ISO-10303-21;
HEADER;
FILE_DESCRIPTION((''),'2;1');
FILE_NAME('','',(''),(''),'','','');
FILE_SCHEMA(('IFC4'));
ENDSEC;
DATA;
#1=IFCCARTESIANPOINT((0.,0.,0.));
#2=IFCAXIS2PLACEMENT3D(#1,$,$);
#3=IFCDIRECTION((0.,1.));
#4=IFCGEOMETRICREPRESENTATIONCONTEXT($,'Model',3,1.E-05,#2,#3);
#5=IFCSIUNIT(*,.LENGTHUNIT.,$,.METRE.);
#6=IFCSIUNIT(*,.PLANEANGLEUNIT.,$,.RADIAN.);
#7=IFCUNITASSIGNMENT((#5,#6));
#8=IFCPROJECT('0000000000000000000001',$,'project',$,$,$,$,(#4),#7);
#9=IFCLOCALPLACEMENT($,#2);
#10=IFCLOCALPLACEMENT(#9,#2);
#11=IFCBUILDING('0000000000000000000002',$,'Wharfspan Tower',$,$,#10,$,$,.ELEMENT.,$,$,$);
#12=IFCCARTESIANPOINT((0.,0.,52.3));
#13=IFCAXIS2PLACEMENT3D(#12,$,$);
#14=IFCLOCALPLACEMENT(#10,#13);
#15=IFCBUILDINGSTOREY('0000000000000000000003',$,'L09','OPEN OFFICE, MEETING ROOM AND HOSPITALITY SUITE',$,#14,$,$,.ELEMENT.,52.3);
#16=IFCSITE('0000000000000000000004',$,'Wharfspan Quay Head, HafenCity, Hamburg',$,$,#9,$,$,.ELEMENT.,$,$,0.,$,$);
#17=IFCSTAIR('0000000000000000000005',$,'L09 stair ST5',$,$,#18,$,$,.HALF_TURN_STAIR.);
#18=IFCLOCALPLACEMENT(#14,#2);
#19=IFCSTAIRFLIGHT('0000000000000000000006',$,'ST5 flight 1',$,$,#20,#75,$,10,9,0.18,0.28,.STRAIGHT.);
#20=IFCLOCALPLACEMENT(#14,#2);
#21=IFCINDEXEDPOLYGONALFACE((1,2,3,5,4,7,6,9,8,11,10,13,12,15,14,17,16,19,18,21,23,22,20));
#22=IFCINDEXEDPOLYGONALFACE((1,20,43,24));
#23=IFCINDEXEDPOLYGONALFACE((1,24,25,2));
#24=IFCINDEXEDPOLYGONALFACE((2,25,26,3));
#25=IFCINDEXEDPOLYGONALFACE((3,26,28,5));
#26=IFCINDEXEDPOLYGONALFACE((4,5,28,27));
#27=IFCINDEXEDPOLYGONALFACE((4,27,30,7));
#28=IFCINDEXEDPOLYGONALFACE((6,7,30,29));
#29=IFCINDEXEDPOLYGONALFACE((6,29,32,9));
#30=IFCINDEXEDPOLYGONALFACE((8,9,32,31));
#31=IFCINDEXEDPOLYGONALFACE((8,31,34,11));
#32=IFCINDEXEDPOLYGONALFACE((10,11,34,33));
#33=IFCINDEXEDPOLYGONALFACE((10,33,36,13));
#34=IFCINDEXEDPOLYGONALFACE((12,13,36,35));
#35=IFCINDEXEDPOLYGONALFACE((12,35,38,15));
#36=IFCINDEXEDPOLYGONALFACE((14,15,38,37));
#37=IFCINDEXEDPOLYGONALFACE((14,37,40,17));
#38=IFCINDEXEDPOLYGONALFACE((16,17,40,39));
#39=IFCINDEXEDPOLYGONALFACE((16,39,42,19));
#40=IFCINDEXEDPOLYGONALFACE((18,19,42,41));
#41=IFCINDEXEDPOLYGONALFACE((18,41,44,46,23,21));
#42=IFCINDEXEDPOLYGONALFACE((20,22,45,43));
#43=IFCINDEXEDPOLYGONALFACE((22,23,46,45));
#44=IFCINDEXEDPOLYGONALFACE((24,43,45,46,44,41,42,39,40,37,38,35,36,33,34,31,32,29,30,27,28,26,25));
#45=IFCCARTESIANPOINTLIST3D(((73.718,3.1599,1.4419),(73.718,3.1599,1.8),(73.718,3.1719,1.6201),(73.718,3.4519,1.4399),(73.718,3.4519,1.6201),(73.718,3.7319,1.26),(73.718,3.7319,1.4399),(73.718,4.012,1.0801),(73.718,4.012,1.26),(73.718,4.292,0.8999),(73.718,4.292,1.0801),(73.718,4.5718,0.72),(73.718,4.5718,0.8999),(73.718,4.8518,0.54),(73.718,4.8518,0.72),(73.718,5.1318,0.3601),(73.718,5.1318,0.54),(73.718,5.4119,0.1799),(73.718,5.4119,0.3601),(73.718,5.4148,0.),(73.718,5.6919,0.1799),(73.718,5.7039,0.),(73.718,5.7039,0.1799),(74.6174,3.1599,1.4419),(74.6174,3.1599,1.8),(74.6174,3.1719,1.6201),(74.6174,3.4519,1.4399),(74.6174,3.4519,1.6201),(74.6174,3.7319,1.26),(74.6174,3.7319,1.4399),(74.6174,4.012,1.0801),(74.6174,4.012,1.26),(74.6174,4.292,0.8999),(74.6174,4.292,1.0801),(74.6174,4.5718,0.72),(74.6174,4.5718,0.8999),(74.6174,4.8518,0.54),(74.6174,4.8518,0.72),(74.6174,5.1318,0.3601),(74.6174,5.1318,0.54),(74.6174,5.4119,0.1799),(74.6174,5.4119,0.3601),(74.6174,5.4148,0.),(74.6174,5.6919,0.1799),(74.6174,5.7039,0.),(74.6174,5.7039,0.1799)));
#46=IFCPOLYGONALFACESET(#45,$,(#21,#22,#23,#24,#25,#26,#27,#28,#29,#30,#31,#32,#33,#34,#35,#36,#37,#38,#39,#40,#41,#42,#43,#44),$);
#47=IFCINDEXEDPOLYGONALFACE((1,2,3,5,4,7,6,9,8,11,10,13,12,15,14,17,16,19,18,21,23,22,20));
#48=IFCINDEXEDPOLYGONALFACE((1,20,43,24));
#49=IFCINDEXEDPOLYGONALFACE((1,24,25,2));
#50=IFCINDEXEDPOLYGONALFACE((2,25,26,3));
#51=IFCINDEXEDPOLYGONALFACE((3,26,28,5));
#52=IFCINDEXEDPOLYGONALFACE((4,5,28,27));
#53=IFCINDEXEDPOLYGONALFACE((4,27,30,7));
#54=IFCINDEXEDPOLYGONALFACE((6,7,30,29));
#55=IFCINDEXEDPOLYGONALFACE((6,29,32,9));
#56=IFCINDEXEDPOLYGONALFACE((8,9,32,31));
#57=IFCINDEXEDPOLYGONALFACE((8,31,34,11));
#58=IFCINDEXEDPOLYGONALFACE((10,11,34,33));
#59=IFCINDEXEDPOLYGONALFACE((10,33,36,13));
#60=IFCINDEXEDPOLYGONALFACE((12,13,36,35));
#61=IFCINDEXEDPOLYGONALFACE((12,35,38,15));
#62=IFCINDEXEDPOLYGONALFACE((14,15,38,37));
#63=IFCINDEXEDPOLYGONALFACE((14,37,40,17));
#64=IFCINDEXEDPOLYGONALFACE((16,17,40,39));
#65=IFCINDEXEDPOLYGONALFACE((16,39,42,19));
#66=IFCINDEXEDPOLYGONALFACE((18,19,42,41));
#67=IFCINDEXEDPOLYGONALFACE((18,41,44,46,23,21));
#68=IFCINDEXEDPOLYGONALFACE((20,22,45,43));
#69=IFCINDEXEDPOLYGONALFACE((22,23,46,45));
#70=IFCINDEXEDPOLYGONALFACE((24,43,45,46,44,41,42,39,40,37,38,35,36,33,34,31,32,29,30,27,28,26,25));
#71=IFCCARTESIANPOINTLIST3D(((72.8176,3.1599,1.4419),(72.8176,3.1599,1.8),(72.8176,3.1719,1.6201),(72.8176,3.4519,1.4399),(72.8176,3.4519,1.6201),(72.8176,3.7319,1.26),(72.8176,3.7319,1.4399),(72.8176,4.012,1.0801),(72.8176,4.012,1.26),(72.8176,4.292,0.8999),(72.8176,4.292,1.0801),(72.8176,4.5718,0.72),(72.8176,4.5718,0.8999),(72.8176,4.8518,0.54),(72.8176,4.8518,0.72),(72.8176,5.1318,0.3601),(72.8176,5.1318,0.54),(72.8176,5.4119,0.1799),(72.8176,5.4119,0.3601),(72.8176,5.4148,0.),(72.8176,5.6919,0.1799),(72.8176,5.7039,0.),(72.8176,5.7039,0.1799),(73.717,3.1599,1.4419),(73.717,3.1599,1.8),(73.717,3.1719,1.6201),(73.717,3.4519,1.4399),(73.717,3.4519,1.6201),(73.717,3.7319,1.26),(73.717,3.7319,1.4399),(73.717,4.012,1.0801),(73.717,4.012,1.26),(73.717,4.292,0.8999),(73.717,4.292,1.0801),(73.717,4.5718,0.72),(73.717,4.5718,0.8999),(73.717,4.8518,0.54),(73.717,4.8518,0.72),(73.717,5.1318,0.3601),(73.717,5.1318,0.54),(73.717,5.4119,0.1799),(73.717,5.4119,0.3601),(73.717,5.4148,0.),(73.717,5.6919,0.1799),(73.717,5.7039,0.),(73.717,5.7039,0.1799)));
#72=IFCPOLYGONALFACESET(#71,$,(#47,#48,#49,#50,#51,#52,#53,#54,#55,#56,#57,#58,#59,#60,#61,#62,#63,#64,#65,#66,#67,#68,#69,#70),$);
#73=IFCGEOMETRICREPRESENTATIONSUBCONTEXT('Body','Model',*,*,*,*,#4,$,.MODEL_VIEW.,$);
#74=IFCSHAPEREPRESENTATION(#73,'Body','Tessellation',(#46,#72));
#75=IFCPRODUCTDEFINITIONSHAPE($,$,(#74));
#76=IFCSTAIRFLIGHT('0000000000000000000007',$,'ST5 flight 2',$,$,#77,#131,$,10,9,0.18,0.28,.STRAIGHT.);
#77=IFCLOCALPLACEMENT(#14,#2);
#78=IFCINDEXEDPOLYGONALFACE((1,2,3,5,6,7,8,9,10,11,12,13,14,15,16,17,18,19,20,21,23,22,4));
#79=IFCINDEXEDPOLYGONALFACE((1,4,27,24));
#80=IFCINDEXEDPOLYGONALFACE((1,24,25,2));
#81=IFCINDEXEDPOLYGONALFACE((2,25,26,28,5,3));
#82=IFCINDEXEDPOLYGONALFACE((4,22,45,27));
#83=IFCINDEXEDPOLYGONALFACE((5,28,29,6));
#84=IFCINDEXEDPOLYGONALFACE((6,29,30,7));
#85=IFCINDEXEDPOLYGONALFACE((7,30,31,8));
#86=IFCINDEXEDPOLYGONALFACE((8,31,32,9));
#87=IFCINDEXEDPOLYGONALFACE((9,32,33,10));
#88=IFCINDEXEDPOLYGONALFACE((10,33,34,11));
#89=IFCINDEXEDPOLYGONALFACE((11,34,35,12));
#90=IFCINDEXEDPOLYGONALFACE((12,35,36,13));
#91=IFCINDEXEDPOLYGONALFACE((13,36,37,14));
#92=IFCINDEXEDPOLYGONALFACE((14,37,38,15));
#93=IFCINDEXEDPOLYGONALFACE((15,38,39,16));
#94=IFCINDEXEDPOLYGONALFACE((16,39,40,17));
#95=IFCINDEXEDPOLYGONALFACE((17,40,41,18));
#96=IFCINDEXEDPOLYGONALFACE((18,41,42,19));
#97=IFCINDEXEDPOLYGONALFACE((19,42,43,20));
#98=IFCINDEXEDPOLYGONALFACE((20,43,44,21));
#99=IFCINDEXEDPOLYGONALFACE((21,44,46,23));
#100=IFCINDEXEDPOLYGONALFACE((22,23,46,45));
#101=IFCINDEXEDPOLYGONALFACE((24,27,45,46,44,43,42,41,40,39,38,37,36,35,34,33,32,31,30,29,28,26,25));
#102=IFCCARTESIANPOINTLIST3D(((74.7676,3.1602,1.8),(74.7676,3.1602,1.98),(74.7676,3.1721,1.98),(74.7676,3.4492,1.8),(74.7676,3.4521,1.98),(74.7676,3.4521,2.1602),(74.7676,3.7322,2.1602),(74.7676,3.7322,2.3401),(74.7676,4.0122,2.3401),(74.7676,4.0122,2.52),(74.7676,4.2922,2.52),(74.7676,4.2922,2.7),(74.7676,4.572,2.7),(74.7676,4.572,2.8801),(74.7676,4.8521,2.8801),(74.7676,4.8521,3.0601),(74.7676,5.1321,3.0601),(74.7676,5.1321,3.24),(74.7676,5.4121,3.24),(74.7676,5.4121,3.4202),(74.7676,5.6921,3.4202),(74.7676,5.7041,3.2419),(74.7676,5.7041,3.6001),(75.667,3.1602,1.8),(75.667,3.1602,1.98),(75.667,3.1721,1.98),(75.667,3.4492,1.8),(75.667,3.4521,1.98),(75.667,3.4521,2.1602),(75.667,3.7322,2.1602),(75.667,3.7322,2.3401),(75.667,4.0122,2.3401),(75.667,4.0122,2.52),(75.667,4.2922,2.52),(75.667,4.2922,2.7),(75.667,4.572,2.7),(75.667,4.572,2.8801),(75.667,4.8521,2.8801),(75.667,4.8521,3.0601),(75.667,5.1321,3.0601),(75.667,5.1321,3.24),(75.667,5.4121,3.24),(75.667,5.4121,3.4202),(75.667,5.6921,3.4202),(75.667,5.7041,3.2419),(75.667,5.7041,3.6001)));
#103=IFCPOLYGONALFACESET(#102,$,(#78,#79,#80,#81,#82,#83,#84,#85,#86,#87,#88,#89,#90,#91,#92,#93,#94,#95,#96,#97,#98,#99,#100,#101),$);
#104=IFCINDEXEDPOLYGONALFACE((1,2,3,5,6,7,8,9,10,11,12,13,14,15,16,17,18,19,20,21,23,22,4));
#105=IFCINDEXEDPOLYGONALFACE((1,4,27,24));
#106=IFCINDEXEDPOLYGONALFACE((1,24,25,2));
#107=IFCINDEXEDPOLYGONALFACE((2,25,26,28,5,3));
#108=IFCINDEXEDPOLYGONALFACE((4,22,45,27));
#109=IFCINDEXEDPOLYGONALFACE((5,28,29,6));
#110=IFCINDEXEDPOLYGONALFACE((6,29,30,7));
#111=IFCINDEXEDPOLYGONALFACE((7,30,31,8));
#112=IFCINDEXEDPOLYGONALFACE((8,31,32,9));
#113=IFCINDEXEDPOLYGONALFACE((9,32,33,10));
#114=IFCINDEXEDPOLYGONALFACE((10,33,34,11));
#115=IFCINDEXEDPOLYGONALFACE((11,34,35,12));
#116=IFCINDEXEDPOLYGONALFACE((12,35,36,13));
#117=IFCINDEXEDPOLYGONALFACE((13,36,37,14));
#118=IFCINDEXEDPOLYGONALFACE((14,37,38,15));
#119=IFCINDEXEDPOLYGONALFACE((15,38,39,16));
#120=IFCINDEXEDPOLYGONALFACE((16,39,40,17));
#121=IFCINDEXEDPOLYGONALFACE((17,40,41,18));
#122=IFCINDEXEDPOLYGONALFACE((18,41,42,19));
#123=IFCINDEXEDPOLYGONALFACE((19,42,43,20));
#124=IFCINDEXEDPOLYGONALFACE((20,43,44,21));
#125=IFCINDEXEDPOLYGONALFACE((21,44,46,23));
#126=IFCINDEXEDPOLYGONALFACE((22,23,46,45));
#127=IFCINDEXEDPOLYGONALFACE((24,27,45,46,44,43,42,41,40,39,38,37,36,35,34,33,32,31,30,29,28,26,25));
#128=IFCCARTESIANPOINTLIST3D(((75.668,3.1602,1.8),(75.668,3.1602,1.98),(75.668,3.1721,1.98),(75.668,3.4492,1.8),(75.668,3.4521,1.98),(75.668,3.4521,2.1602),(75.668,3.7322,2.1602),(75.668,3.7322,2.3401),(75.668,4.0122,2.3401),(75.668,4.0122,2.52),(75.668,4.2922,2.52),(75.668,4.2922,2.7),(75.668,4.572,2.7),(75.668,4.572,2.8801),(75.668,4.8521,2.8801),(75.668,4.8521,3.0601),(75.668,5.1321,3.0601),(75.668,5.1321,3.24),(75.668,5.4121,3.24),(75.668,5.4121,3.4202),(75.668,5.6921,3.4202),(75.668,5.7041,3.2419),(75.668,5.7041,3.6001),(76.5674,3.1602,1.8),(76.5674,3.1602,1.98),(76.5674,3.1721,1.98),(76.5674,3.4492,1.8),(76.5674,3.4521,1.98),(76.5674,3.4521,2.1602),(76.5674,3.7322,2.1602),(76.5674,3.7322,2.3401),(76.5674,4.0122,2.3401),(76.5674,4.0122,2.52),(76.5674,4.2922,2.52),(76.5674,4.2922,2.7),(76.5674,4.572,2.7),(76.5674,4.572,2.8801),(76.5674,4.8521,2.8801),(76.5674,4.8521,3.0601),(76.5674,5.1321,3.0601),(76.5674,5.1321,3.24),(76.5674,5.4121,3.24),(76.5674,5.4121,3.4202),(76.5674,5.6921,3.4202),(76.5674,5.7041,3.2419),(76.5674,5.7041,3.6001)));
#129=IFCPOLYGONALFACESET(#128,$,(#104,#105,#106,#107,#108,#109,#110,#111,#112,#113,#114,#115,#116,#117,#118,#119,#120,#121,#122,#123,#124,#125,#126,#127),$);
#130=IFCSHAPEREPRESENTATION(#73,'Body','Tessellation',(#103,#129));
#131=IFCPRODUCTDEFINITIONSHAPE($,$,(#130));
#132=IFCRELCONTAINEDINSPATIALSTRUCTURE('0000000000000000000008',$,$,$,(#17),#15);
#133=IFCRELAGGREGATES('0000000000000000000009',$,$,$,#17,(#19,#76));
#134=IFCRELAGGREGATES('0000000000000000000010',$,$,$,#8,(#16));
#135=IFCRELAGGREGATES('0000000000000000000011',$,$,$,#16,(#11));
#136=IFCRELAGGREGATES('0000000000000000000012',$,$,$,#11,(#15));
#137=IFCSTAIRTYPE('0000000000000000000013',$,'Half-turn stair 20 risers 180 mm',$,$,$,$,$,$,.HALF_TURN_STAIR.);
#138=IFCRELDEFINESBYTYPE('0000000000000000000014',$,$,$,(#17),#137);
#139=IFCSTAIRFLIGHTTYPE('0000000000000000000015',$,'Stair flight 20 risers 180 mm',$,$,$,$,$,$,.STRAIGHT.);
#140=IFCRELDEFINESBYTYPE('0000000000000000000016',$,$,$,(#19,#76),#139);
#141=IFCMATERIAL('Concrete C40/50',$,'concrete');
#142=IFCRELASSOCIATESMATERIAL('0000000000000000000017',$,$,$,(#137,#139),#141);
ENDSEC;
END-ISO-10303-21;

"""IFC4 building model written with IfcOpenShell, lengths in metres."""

from ifc_helpers import new_model, si_unit, direction, frame, origin, place, context, subcontext, project, spatial, polyline, outline, extrude, material, type_object, element, aggregate, save


model = new_model("IFC4")

# Units and contexts
model_context = context("Model", 3, precision=1e-05, world=origin(), true_north=direction((0.0, 1.0)))
body_context = subcontext(model_context, "Body", "Model", "MODEL_VIEW")
ifc_project = project(units=[si_unit("LENGTHUNIT", "METRE"), si_unit("PLANEANGLEUNIT", "RADIAN")], contexts=[model_context])

# Site, building, storey
site_placement = place(None, origin())
site = spatial("IfcSite", under=ifc_project, at=site_placement, Name="Wharfspan Quay Head, HafenCity, Hamburg", CompositionType="ELEMENT", RefElevation=0.0)
building_placement = place(site_placement, origin())
building = spatial("IfcBuilding", under=site, at=building_placement, Name="Wharfspan Tower", CompositionType="ELEMENT")
storey_placement = place(building_placement, frame((0.0, 0.0, 52.3)))
storey = spatial("IfcBuildingStorey", under=building, at=storey_placement, Name="L09", Description="OPEN OFFICE, MEETING ROOM AND HOSPITALITY SUITE", CompositionType="ELEMENT", Elevation=52.3)

# Shared definitions
ifc_material_1 = material(Name="Concrete C40/50", Category="concrete")

# Stair, stair flights
stair_type = type_object("IfcStairType", Name="Half-turn stair 20 risers 180 mm", PredefinedType="HALF_TURN_STAIR", material=ifc_material_1)
stair_placement = place(storey_placement, origin())
stair = element("IfcStair", 1, at=stair_placement, inside=storey, type_object=stair_type, Name="L09 stair ST5", PredefinedType="HALF_TURN_STAIR")
stair_flight_type = type_object("IfcStairFlightType", Name="Stair flight 20 risers 180 mm", PredefinedType="STRAIGHT", material=ifc_material_1)
stair_flight_1_placement = place(storey_placement, frame((73.7175, 5.6919, 0.0), z_axis=(0.0, 0.0, 1.0), x_axis=(0.0, -1.0, 0.0)))
stair_flight_1 = element("IfcStairFlight", 2, at=stair_flight_1_placement, type_object=stair_flight_type, Name="ST5 flight 1", NumberOfRisers=10, NumberOfTreads=9, PredefinedType="STRAIGHT", RiserHeight=0.18, TreadLength=0.28, context=body_context, shape_type="SweptSolid", body=[
    extrude(outline(polyline([(-0.012, 0.0), (-0.012, 0.1799), (0.0, 0.1799), (0.28, 0.1799), (0.28, 0.3601), (0.5601, 0.3601), (0.5601, 0.54), (0.8401, 0.54), (0.8401, 0.72), (1.1201, 0.72), (1.1201, 0.8999), (1.3999, 0.8999), (1.3999, 1.0801), (1.6799, 1.0801), (1.6799, 1.26), (1.96, 1.26), (1.96, 1.4399), (2.24, 1.4399), (2.24, 1.6201), (2.52, 1.6201), (2.532, 1.8), (2.532, 1.4419), (0.2771, 0.0), (-0.012, 0.0)])), frame((0.0, 0.8999, 0.0), z_axis=(0.0, -1.0, 0.0), x_axis=(1.0, 0.0, 0.0)), (0.0, 0.0, 1.0), 0.8994),
    extrude(outline(polyline([(-0.012, 0.0), (-0.012, 0.1799), (0.0, 0.1799), (0.28, 0.1799), (0.28, 0.3601), (0.5601, 0.3601), (0.5601, 0.54), (0.8401, 0.54), (0.8401, 0.72), (1.1201, 0.72), (1.1201, 0.8999), (1.3999, 0.8999), (1.3999, 1.0801), (1.6799, 1.0801), (1.6799, 1.26), (1.96, 1.26), (1.96, 1.4399), (2.24, 1.4399), (2.24, 1.6201), (2.52, 1.6201), (2.532, 1.8), (2.532, 1.4419), (0.2771, 0.0), (-0.012, 0.0)])), frame((0.0, -0.0005, 0.0), z_axis=(0.0, -1.0, 0.0), x_axis=(1.0, 0.0, 0.0)), (0.0, 0.0, 1.0), 0.8994),
])
stair_flight_2_placement = place(storey_placement, frame((75.6675, 3.1721, 1.8), z_axis=(0.0, 0.0, 1.0), x_axis=(0.0, 1.0, 0.0)))
stair_flight_2 = element("IfcStairFlight", 3, at=stair_flight_2_placement, type_object=stair_flight_type, Name="ST5 flight 2", NumberOfRisers=10, NumberOfTreads=9, PredefinedType="STRAIGHT", RiserHeight=0.18, TreadLength=0.28, context=body_context, shape_type="SweptSolid", body=[
    extrude(outline(polyline([(-0.012, 0.0), (-0.012, 0.1799), (0.0, 0.1799), (0.28, 0.1799), (0.28, 0.3601), (0.5601, 0.3601), (0.5601, 0.54), (0.8401, 0.54), (0.8401, 0.72), (1.1201, 0.72), (1.1201, 0.8999), (1.3999, 0.8999), (1.3999, 1.0801), (1.6799, 1.0801), (1.6799, 1.26), (1.96, 1.26), (1.96, 1.4399), (2.24, 1.4399), (2.24, 1.6201), (2.52, 1.6201), (2.532, 1.8), (2.532, 1.4419), (0.2771, 0.0), (-0.012, 0.0)])), frame((0.0, 0.8999, 0.0), z_axis=(0.0, -1.0, 0.0), x_axis=(1.0, 0.0, 0.0)), (0.0, 0.0, 1.0), 0.8994),
    extrude(outline(polyline([(-0.012, 0.0), (-0.012, 0.1799), (0.0, 0.1799), (0.28, 0.1799), (0.28, 0.3601), (0.5601, 0.3601), (0.5601, 0.54), (0.8401, 0.54), (0.8401, 0.72), (1.1201, 0.72), (1.1201, 0.8999), (1.3999, 0.8999), (1.3999, 1.0801), (1.6799, 1.0801), (1.6799, 1.26), (1.96, 1.26), (1.96, 1.4399), (2.24, 1.4399), (2.24, 1.6201), (2.52, 1.6201), (2.532, 1.8), (2.532, 1.4419), (0.2771, 0.0), (-0.012, 0.0)])), frame((0.0, -0.0005, 0.0), z_axis=(0.0, -1.0, 0.0), x_axis=(1.0, 0.0, 0.0)), (0.0, 0.0, 1.0), 0.8994),
])
aggregate(stair, [stair_flight_1, stair_flight_2])

save(model, "model.ifc")
